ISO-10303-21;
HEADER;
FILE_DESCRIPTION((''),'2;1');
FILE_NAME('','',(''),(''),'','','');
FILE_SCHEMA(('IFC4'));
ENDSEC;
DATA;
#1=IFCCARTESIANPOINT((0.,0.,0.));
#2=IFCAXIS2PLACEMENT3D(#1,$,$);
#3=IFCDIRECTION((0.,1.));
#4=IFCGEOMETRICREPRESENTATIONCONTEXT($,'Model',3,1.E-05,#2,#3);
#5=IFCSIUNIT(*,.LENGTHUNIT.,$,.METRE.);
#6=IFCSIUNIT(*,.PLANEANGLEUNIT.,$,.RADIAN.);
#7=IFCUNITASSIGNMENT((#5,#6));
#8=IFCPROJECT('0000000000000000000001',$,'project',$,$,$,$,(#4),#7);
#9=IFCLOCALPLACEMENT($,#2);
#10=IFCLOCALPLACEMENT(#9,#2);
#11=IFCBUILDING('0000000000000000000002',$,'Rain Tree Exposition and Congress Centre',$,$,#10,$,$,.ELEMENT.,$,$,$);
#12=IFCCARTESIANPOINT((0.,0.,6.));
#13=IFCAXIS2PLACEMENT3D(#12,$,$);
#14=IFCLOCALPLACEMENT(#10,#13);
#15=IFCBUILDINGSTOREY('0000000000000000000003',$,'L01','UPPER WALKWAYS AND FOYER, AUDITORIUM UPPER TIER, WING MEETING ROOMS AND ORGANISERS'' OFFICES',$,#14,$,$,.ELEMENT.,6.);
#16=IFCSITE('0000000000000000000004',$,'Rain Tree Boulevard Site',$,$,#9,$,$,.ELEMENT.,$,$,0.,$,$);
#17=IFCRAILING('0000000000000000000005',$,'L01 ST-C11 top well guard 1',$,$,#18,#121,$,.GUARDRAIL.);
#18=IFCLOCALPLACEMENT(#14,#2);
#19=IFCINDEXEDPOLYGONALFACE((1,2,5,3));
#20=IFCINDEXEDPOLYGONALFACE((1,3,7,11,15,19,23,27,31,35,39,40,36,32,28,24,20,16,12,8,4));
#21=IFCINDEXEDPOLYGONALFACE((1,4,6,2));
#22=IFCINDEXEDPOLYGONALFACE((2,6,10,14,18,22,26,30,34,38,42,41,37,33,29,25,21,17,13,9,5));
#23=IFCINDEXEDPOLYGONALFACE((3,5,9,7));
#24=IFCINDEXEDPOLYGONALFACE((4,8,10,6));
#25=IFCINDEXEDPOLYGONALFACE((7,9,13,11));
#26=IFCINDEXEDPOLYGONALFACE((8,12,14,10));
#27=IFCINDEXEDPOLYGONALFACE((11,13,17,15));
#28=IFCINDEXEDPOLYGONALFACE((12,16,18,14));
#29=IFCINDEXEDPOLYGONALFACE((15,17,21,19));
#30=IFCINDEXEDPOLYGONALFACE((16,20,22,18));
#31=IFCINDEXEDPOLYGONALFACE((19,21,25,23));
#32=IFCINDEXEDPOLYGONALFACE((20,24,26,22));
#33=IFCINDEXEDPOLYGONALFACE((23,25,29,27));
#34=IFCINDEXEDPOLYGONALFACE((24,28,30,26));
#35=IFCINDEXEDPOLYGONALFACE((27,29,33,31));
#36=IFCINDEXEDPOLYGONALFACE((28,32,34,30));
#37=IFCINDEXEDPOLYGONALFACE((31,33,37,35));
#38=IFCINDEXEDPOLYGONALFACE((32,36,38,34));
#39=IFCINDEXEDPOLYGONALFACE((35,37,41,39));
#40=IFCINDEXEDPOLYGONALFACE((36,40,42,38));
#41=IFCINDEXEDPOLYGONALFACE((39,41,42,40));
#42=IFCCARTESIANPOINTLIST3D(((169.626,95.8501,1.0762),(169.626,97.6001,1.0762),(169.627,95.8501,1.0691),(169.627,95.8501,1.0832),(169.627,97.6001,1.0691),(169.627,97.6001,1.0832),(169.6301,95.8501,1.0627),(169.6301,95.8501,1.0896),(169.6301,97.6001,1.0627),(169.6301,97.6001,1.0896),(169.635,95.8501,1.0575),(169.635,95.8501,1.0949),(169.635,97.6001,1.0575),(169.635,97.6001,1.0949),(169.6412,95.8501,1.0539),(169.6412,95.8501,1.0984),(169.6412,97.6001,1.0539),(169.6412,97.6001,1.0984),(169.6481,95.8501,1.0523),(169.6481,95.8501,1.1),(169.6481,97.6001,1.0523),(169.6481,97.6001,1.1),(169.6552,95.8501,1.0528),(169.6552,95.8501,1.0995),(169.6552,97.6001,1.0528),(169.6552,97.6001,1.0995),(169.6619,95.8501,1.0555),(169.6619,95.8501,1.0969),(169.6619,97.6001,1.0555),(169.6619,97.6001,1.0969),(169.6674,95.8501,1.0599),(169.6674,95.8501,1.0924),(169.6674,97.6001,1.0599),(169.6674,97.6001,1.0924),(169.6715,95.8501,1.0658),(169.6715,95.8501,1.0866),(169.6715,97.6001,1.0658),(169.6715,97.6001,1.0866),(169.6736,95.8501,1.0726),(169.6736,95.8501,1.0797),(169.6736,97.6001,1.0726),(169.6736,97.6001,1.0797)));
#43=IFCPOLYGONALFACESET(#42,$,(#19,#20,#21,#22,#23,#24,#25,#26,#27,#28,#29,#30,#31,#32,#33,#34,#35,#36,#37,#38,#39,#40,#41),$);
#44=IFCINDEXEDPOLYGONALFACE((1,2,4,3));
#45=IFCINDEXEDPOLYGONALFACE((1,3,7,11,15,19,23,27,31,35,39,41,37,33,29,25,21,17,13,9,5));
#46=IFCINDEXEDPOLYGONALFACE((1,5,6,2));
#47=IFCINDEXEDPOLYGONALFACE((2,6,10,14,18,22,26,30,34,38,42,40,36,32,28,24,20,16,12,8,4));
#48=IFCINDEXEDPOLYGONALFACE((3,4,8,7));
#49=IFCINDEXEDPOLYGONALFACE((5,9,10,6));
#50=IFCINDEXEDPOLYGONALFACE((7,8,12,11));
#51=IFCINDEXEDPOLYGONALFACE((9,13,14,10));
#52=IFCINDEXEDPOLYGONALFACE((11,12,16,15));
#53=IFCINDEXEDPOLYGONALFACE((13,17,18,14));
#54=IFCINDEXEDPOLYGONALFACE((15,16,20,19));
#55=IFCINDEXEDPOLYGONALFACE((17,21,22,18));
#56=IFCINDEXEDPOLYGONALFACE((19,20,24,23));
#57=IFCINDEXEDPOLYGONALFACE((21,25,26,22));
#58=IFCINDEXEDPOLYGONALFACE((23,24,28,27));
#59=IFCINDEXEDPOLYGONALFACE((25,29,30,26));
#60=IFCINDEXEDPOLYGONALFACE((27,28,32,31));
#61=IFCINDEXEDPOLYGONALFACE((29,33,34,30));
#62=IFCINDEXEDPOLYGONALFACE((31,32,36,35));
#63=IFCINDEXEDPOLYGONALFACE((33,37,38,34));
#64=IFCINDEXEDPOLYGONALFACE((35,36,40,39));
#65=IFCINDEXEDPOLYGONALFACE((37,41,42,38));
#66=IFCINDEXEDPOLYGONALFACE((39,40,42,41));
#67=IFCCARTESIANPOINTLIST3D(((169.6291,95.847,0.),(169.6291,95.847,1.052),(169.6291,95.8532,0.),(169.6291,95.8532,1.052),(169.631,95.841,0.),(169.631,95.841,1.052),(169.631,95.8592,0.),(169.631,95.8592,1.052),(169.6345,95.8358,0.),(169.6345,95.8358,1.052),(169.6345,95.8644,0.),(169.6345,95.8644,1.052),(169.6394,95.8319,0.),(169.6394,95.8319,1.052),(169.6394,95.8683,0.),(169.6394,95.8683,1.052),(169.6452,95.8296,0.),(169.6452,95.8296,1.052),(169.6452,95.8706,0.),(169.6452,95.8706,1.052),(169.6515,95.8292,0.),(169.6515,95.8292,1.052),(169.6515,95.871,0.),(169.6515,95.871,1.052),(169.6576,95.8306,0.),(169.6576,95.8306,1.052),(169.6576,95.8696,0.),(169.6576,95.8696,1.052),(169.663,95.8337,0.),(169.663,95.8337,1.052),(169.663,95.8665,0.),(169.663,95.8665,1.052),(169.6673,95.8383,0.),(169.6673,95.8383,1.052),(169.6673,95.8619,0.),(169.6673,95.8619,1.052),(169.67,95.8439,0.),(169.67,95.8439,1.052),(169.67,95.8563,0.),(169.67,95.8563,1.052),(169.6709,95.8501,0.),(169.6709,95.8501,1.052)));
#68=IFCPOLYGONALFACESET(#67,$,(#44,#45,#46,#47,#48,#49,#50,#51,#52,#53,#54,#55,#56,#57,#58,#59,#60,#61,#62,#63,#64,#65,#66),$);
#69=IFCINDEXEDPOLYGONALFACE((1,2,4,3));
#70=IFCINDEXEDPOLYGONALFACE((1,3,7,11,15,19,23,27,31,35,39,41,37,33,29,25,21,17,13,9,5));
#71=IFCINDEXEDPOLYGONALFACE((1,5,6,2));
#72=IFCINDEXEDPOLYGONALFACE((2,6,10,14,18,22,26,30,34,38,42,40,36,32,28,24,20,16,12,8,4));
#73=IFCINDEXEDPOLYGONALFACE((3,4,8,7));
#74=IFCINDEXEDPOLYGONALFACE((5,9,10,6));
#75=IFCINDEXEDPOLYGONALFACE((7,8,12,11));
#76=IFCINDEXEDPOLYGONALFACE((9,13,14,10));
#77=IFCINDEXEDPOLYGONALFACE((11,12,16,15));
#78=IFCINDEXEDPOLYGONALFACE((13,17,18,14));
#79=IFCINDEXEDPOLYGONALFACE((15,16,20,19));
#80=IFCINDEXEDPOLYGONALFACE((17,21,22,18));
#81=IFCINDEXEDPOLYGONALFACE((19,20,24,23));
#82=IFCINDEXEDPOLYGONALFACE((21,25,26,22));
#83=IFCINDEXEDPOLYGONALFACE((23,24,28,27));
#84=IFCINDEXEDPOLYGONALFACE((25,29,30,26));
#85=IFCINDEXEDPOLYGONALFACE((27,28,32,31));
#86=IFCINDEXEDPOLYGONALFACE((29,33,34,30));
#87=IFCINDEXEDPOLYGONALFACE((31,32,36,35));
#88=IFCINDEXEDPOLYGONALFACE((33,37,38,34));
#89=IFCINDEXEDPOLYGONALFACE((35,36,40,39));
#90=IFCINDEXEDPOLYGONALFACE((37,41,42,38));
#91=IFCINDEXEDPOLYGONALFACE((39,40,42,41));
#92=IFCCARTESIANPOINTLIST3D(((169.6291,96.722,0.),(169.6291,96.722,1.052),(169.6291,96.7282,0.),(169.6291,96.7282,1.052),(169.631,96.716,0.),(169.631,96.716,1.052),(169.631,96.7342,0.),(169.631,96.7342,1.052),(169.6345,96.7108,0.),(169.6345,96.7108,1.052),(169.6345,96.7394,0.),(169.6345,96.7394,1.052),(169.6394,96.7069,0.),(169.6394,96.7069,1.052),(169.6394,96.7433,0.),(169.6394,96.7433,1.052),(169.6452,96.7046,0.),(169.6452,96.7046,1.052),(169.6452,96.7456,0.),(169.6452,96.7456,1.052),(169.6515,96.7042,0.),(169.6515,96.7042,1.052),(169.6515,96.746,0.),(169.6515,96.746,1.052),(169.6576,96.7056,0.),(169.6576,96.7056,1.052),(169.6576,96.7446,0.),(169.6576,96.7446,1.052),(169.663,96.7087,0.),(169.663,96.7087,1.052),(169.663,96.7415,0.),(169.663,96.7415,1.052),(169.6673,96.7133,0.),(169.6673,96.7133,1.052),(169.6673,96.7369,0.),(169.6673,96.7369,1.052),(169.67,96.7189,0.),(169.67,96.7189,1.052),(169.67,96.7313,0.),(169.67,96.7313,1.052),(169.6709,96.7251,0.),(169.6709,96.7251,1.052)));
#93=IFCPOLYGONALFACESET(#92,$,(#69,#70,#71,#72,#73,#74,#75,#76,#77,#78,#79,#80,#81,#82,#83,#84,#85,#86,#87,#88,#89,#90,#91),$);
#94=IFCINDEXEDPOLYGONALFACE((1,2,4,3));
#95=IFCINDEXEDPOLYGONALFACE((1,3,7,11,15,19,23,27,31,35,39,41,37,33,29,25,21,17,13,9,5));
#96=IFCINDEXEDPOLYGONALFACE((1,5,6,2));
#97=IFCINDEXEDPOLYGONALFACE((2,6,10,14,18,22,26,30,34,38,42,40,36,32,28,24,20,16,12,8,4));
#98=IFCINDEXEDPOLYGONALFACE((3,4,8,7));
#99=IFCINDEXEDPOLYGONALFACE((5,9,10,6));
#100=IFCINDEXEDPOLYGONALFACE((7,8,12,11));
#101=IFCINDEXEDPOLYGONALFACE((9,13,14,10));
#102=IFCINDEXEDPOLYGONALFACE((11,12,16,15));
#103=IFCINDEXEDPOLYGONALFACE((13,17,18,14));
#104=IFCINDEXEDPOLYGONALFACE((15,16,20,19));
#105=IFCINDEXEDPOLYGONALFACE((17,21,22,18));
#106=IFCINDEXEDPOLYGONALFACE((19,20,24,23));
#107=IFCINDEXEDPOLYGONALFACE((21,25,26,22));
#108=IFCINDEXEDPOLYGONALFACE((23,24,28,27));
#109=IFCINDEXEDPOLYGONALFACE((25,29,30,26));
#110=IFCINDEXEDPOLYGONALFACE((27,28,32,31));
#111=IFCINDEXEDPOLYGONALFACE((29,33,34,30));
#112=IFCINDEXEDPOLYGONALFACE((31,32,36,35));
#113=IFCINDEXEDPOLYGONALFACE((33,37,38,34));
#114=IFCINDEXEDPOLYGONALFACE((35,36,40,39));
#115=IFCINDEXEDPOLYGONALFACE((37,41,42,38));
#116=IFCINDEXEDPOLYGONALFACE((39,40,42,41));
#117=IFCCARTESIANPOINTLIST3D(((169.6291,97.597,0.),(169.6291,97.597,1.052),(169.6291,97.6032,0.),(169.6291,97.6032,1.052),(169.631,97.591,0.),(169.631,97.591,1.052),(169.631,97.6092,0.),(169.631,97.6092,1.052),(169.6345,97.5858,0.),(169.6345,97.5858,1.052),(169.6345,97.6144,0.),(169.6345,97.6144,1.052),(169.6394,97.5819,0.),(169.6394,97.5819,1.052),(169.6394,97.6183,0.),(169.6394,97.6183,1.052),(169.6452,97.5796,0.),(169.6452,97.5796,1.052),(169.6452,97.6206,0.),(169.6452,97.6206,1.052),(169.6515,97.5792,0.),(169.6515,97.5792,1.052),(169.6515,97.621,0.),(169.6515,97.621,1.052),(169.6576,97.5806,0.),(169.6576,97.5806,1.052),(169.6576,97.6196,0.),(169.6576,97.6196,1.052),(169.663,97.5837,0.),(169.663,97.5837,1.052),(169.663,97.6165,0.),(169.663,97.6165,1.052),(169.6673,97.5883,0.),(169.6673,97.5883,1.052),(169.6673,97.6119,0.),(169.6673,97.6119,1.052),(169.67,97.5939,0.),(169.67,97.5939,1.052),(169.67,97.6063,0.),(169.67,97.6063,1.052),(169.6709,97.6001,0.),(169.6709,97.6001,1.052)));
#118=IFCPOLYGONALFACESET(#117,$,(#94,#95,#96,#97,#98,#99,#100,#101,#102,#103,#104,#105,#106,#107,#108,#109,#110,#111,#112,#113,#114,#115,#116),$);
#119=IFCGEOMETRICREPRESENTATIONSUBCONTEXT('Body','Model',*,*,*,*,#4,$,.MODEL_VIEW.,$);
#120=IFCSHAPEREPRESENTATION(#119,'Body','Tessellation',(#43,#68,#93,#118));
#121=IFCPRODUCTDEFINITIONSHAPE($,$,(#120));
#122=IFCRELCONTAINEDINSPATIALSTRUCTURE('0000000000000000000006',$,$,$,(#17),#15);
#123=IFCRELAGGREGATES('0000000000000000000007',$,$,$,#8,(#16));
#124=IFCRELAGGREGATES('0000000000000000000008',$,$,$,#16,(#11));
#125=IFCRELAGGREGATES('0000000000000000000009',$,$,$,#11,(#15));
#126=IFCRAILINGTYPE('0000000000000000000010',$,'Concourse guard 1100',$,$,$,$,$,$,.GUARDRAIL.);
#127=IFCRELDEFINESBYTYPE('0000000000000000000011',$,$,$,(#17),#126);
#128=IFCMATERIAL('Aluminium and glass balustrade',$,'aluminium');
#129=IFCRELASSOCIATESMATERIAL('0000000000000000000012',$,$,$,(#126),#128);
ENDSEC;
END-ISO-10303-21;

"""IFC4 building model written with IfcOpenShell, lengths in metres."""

from ifc_helpers import new_model, si_unit, direction, frame, origin, origin_2d, place, context, subcontext, project, spatial, circle, extrude, material, type_object, element, save


model = new_model("IFC4")

# Units and contexts
model_context = context("Model", 3, precision=1e-05, world=origin(), true_north=direction((0.0, 1.0)))
body_context = subcontext(model_context, "Body", "Model", "MODEL_VIEW")
ifc_project = project(units=[si_unit("LENGTHUNIT", "METRE"), si_unit("PLANEANGLEUNIT", "RADIAN")], contexts=[model_context])

# Site, building, storey
site_placement = place(None, origin())
site = spatial("IfcSite", under=ifc_project, at=site_placement, Name="Rain Tree Boulevard Site", CompositionType="ELEMENT", RefElevation=0.0)
building_placement = place(site_placement, origin())
building = spatial("IfcBuilding", under=site, at=building_placement, Name="Rain Tree Exposition and Congress Centre", CompositionType="ELEMENT")
storey_placement = place(building_placement, frame((0.0, 0.0, 6.0)))
storey = spatial("IfcBuildingStorey", under=building, at=storey_placement, Name="L01", Description="UPPER WALKWAYS AND FOYER, AUDITORIUM UPPER TIER, WING MEETING ROOMS AND ORGANISERS' OFFICES", CompositionType="ELEMENT", Elevation=6.0)

# Railing
ifc_material_1 = material(Name="Aluminium and glass balustrade", Category="aluminium")
railing_type = type_object("IfcRailingType", Name="Concourse guard 1100", PredefinedType="GUARDRAIL", material=ifc_material_1)
railing_1_placement = place(storey_placement, frame((169.6499, 95.8501, 0.0)))
element("IfcRailing", 1, at=railing_1_placement, inside=storey, type_object=railing_type, Name="L01 ST-C11 top well guard 1", PredefinedType="GUARDRAIL", context=body_context, shape_type="SweptSolid", body=[
    extrude(circle(Radius=0.0239, at=origin_2d()), frame((0.0, 0.0, 1.0762), z_axis=(0.0, 1.0, 0.0), x_axis=(-1.0, 0.0, 0.0)), (0.0, 0.0, 1.0), 1.75),
    extrude(circle(Radius=0.021, at=origin_2d()), origin(), (0.0, 0.0, 1.0), 1.052),
    extrude(circle(Radius=0.021, at=origin_2d()), frame((0.0, 0.875, 0.0)), (0.0, 0.0, 1.0), 1.052),
    extrude(circle(Radius=0.021, at=origin_2d()), frame((0.0, 1.75, 0.0)), (0.0, 0.0, 1.0), 1.052),
])

save(model, "model.ifc")
